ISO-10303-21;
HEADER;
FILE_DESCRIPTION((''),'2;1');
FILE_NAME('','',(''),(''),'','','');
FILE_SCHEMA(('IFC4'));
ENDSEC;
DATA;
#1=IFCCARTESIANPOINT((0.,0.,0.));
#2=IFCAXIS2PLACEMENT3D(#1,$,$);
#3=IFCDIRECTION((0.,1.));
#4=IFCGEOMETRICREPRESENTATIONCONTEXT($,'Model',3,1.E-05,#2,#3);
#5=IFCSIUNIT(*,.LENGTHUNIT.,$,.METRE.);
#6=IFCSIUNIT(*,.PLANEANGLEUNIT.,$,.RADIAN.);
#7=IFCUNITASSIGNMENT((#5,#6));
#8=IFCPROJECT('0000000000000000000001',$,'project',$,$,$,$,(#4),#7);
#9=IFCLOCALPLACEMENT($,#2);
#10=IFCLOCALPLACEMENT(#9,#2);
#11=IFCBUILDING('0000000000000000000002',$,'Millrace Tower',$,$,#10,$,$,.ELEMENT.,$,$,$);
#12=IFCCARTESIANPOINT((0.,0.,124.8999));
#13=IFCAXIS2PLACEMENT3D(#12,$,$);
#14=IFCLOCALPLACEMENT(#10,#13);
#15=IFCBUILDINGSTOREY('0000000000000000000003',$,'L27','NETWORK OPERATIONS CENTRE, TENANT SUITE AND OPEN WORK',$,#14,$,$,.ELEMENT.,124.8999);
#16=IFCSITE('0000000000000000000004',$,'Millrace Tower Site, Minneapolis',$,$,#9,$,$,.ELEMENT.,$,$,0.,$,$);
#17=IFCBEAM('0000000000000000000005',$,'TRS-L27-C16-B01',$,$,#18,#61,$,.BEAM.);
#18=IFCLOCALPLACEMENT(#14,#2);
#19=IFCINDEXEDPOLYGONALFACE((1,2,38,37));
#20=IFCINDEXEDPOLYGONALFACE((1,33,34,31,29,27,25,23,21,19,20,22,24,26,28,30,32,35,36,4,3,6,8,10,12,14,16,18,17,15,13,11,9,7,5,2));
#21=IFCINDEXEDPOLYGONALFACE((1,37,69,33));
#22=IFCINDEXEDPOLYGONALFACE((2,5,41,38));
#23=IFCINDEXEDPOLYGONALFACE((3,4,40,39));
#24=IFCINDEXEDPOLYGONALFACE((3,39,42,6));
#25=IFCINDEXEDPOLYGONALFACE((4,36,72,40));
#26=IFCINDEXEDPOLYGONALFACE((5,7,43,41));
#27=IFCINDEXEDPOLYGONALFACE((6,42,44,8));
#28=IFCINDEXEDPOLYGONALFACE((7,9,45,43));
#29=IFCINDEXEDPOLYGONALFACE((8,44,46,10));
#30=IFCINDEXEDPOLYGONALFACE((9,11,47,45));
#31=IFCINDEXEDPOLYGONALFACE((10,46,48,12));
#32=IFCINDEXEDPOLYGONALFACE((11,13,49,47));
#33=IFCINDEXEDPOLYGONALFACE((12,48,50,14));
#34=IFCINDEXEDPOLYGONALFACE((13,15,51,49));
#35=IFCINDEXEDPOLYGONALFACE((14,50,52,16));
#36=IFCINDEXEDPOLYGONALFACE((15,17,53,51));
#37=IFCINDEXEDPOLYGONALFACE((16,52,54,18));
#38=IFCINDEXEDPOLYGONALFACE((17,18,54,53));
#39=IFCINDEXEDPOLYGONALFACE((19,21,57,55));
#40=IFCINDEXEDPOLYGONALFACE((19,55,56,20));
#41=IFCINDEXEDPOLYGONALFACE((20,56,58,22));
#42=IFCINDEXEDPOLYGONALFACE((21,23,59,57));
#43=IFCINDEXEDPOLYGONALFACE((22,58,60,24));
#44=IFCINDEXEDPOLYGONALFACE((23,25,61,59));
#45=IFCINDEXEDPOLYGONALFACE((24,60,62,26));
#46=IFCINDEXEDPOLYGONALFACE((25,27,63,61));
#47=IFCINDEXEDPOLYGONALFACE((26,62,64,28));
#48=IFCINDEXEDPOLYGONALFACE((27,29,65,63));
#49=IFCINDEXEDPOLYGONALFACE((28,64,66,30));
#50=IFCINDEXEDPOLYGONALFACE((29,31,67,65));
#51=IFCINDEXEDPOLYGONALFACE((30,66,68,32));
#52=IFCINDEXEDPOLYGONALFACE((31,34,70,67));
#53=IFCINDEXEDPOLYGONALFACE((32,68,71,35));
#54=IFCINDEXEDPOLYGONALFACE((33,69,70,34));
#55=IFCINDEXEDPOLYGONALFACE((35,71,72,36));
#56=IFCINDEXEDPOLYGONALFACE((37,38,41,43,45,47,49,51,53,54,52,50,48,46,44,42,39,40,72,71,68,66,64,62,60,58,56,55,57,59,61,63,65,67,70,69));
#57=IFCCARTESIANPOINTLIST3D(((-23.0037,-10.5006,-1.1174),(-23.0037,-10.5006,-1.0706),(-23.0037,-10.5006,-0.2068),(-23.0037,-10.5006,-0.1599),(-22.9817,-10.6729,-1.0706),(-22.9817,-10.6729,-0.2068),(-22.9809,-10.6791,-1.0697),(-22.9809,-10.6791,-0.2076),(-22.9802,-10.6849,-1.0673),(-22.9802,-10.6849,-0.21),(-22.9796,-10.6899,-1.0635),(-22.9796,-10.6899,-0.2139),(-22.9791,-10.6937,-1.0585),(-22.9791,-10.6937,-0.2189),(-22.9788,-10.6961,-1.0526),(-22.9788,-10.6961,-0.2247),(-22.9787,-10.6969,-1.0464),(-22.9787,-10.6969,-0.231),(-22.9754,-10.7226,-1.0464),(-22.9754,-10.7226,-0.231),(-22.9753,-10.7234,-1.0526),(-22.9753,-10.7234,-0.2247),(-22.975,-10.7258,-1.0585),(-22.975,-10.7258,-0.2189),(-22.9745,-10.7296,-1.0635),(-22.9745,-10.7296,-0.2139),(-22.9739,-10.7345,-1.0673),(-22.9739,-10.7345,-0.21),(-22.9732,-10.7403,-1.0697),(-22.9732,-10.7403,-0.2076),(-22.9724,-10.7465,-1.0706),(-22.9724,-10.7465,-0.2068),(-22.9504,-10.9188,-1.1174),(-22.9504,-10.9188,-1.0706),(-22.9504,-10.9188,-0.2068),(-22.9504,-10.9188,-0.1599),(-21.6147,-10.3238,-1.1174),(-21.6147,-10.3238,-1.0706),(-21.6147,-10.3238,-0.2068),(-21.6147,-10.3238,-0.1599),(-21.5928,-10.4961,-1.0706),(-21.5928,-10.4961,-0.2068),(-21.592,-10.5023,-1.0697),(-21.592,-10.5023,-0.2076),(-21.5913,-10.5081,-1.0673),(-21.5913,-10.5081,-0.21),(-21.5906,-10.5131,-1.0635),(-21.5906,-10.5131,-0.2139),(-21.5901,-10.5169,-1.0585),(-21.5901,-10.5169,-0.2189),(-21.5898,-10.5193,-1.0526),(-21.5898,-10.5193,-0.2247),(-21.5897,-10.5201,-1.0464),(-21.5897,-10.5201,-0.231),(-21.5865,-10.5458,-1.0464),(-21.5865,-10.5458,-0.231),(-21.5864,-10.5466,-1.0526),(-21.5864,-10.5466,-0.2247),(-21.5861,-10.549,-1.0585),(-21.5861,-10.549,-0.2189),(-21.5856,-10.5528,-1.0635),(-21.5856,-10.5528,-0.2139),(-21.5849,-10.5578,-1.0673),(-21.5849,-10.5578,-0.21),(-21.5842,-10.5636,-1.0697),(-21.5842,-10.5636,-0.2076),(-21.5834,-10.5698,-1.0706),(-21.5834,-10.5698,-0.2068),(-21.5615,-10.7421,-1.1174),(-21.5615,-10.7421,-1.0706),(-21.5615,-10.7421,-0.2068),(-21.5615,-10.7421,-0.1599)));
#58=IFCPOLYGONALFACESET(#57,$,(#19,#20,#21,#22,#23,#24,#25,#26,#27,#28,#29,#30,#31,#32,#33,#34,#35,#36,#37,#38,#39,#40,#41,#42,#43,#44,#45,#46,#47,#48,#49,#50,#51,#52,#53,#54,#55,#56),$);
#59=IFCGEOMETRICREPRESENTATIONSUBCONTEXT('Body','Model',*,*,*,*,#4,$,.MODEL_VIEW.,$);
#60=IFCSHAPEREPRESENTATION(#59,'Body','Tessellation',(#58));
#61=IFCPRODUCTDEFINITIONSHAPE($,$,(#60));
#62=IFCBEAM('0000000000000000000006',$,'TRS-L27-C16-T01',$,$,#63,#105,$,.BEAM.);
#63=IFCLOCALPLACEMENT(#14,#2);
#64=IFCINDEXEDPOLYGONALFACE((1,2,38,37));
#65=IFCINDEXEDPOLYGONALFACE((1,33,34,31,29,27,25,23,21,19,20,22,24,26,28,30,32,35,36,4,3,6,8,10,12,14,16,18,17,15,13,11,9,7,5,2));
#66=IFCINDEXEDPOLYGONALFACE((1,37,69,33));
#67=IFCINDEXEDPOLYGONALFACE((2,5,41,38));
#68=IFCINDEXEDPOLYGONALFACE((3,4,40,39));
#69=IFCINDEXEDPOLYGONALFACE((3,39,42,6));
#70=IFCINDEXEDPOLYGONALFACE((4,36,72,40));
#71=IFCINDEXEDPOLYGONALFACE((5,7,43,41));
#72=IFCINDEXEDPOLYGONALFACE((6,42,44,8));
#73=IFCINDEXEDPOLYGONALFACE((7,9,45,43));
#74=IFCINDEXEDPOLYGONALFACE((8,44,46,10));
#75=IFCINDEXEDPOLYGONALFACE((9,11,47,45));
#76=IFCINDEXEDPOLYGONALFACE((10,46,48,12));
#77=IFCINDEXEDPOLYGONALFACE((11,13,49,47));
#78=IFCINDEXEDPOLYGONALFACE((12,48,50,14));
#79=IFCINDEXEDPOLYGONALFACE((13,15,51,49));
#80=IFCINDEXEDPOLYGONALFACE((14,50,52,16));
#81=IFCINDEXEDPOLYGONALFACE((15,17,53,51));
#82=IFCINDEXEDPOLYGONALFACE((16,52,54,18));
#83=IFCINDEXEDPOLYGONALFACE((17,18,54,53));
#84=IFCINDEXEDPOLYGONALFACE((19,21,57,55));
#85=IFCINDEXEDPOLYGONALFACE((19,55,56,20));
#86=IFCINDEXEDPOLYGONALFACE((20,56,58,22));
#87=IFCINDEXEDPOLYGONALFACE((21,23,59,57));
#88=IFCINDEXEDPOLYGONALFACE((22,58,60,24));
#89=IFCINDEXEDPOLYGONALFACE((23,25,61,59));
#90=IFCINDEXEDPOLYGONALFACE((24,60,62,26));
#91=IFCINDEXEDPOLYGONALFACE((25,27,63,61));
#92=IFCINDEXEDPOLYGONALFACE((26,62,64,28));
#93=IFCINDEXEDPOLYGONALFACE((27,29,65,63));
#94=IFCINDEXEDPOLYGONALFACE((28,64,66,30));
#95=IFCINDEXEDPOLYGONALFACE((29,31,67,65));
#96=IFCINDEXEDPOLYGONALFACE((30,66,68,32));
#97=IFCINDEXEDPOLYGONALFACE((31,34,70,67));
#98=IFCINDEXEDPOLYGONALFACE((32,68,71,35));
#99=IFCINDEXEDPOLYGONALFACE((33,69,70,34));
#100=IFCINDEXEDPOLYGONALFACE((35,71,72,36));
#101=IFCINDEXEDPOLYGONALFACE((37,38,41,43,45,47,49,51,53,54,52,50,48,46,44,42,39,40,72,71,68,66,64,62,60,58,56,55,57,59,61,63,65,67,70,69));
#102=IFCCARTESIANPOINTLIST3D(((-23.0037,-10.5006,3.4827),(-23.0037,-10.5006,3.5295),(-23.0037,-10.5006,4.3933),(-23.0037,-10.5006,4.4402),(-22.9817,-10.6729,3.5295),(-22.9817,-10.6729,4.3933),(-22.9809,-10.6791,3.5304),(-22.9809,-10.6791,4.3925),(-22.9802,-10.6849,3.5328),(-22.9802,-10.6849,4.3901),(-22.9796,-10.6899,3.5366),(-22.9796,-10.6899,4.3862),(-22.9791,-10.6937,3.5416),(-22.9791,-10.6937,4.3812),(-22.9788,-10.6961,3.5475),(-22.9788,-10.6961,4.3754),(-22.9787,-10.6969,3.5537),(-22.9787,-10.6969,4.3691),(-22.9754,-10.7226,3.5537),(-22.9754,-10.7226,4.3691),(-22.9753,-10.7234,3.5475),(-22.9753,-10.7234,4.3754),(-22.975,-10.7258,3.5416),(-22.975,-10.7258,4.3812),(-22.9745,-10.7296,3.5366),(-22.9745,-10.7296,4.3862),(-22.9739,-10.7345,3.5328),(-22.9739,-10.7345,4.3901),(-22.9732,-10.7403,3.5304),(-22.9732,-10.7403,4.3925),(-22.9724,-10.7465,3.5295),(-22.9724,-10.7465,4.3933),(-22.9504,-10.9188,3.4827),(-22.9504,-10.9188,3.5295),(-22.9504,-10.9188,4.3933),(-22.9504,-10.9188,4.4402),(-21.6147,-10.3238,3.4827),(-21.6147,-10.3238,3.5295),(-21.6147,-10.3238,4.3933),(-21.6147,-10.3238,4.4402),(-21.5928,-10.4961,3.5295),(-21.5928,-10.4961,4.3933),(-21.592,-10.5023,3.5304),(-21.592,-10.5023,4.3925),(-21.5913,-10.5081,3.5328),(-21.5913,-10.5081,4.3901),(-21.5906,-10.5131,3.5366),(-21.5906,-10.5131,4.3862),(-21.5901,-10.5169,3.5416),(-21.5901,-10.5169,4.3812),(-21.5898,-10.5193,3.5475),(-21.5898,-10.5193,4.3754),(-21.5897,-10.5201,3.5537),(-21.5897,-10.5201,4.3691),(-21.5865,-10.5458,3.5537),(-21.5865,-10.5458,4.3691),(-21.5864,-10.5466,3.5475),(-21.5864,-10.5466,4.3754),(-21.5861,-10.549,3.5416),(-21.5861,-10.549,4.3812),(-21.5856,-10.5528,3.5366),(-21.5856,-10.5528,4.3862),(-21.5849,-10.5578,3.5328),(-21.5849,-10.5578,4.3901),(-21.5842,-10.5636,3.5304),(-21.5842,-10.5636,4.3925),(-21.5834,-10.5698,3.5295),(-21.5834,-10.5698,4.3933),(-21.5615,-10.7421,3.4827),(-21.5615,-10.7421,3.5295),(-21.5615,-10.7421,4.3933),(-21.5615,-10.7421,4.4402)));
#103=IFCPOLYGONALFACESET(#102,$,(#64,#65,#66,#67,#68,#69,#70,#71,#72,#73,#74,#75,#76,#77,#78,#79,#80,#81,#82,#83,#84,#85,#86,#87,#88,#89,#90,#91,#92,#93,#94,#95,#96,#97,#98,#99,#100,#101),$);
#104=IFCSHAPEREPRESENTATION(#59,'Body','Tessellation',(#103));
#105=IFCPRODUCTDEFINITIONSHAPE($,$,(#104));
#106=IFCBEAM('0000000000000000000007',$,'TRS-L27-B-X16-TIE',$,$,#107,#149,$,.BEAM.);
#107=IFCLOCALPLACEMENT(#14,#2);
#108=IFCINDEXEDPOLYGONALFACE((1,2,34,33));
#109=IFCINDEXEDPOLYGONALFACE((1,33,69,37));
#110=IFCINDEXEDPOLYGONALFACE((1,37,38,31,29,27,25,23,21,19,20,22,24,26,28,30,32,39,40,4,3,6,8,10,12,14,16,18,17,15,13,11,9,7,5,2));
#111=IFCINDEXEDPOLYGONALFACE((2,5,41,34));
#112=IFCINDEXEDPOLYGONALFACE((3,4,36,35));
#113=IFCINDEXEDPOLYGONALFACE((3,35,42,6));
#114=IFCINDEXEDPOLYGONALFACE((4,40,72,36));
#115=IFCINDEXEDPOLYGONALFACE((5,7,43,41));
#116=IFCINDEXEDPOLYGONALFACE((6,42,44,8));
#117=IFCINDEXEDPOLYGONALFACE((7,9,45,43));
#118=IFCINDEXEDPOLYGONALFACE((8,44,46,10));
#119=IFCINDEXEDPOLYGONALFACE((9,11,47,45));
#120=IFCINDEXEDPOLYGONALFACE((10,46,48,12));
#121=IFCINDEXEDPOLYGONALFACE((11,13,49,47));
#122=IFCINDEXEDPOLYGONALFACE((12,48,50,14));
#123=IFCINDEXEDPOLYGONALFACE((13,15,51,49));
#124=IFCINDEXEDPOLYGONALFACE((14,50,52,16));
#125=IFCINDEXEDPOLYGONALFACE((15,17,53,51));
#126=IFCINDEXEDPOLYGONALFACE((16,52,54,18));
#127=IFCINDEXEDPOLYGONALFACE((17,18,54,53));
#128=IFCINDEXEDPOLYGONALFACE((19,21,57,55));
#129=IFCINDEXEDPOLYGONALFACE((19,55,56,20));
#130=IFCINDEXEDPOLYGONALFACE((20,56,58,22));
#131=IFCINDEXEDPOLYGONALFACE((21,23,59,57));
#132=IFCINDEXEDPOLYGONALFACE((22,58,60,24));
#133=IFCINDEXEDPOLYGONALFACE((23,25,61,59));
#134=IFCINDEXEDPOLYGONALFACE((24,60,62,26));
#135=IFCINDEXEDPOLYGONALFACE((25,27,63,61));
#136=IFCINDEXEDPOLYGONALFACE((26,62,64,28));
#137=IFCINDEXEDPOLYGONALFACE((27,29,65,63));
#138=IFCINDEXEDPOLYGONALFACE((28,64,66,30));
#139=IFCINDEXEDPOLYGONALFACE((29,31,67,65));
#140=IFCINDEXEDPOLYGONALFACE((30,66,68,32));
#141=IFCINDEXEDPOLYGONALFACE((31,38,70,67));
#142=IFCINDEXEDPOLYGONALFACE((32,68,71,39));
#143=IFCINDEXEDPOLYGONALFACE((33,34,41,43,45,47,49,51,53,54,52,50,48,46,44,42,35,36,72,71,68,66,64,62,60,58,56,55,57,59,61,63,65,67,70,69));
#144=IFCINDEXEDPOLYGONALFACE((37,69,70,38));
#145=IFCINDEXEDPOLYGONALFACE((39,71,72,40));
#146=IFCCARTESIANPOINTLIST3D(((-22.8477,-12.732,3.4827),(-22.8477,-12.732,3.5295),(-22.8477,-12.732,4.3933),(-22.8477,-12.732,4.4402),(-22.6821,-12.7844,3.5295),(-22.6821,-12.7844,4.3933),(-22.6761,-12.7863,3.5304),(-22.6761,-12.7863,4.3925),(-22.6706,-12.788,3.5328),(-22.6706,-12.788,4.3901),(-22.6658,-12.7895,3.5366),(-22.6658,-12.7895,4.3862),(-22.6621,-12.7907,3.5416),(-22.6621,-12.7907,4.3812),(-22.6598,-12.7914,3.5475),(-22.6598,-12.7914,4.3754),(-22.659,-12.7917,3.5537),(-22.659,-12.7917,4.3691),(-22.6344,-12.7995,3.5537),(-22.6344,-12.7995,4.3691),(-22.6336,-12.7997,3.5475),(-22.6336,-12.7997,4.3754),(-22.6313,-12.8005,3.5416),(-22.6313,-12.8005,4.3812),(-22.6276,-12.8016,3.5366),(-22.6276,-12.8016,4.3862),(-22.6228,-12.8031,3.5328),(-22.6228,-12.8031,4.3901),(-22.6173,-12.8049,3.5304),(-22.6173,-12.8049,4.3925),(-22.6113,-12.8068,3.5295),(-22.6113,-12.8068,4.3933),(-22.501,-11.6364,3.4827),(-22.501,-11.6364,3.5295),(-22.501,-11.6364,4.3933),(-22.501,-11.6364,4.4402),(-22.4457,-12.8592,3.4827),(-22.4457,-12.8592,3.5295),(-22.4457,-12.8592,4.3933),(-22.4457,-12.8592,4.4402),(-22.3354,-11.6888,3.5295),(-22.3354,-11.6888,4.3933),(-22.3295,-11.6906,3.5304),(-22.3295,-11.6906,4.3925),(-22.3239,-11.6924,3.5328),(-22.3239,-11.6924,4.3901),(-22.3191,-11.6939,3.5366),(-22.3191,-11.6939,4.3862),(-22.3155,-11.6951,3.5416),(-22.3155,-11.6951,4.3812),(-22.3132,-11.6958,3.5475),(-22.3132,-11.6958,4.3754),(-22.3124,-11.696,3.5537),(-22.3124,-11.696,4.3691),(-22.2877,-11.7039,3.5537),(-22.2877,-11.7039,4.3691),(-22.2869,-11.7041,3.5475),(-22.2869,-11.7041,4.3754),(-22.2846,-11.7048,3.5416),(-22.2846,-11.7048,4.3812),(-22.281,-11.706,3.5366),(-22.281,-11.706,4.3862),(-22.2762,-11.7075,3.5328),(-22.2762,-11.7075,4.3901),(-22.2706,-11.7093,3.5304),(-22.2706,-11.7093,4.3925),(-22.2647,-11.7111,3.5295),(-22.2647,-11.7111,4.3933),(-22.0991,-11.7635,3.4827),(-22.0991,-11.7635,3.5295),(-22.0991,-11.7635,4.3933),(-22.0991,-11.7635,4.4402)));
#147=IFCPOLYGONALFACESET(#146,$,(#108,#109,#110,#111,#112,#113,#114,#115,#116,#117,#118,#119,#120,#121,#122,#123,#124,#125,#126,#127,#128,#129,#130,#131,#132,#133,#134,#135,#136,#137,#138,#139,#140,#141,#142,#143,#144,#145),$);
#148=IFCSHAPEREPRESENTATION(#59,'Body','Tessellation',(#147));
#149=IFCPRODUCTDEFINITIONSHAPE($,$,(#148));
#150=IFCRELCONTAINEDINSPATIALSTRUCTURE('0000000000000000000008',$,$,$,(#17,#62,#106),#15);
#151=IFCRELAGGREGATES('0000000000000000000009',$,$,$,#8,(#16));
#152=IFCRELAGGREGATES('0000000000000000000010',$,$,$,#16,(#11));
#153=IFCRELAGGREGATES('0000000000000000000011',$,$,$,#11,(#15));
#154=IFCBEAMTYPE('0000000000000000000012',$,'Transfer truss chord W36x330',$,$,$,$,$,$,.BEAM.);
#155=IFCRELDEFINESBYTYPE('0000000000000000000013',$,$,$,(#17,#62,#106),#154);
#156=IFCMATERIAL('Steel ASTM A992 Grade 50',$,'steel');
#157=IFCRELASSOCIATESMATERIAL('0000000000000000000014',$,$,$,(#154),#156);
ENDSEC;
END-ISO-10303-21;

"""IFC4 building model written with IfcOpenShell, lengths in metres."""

from ifc_helpers import new_model, si_unit, direction, frame, origin, origin_2d, place, context, subcontext, project, spatial, i_section, extrude, material, material_profile, profile_set, type_object, element, save


model = new_model("IFC4")

# Units and contexts
model_context = context("Model", 3, precision=1e-05, world=origin(), true_north=direction((0.0, 1.0)))
body_context = subcontext(model_context, "Body", "Model", "MODEL_VIEW")
ifc_project = project(units=[si_unit("LENGTHUNIT", "METRE"), si_unit("PLANEANGLEUNIT", "RADIAN")], contexts=[model_context])

# Site, building, storey
site_placement = place(None, origin())
site = spatial("IfcSite", under=ifc_project, at=site_placement, Name="Millrace Tower Site, Minneapolis", CompositionType="ELEMENT", RefElevation=0.0)
building_placement = place(site_placement, origin())
building = spatial("IfcBuilding", under=site, at=building_placement, Name="Millrace Tower", CompositionType="ELEMENT")
storey_placement = place(building_placement, frame((0.0, 0.0, 124.8999)))
storey = spatial("IfcBuildingStorey", under=building, at=storey_placement, Name="L27", Description="NETWORK OPERATIONS CENTRE, TENANT SUITE AND OPEN WORK", CompositionType="ELEMENT", Elevation=124.8999)

# Beams
ifc_material_1 = material(Name="Steel ASTM A992 Grade 50", Category="steel")
ifc_material_profile_1 = material_profile(ifc_material_1, i_section(OverallWidth=0.4216, OverallDepth=0.9575, WebThickness=0.0259, FlangeThickness=0.0469, FilletRadius=0.0242, at=origin_2d()))
ifc_profile_set_1 = profile_set([ifc_material_profile_1], Name="Steel ASTM A992 Grade 50")
beam_type_1 = type_object("IfcBeamType", Name="Transfer truss chord W36x330", PredefinedType="BEAM", material=ifc_profile_set_1)
for number, where, z_axis, x_axis, name in (
    (1, (-22.9771, -10.7097, -0.6387), (0.991999, 0.126245, 0.0), (-0.126245, 0.991999, 0.0), "TRS-L27-C16-B01"),
    (2, (-22.9771, -10.7097, 3.9614), (0.991999, 0.126245, 0.0), (-0.126245, 0.991999, 0.0), "TRS-L27-C16-T01"),
):
    element("IfcBeam", number, at=place(storey_placement, frame(where, z_axis=z_axis, x_axis=x_axis)), inside=storey, type_object=beam_type_1, Name=name, PredefinedType="BEAM", context=body_context, shape_type="SweptSolid", body=[
        extrude(i_section(OverallWidth=0.4216, OverallDepth=0.9575, WebThickness=0.0259, FlangeThickness=0.0469, FilletRadius=0.0242, at=origin_2d()), origin(), (0.0, 0.0, 1.0), 1.4001),
    ])
beam_1_placement = place(storey_placement, frame((-22.3, -11.7, 3.9614), z_axis=(-0.30166, -0.953416, 0.0), x_axis=(0.953416, -0.30166, 0.0)))
element("IfcBeam", 3, at=beam_1_placement, inside=storey, type_object=beam_type_1, Name="TRS-L27-B-X16-TIE", PredefinedType="BEAM", context=body_context, shape_type="SweptSolid", body=[
    extrude(i_section(OverallWidth=0.4216, OverallDepth=0.9575, WebThickness=0.0259, FlangeThickness=0.0469, FilletRadius=0.0242, at=origin_2d()), origin(), (0.0, 0.0, 1.0), 1.1492),
])

save(model, "model.ifc")
